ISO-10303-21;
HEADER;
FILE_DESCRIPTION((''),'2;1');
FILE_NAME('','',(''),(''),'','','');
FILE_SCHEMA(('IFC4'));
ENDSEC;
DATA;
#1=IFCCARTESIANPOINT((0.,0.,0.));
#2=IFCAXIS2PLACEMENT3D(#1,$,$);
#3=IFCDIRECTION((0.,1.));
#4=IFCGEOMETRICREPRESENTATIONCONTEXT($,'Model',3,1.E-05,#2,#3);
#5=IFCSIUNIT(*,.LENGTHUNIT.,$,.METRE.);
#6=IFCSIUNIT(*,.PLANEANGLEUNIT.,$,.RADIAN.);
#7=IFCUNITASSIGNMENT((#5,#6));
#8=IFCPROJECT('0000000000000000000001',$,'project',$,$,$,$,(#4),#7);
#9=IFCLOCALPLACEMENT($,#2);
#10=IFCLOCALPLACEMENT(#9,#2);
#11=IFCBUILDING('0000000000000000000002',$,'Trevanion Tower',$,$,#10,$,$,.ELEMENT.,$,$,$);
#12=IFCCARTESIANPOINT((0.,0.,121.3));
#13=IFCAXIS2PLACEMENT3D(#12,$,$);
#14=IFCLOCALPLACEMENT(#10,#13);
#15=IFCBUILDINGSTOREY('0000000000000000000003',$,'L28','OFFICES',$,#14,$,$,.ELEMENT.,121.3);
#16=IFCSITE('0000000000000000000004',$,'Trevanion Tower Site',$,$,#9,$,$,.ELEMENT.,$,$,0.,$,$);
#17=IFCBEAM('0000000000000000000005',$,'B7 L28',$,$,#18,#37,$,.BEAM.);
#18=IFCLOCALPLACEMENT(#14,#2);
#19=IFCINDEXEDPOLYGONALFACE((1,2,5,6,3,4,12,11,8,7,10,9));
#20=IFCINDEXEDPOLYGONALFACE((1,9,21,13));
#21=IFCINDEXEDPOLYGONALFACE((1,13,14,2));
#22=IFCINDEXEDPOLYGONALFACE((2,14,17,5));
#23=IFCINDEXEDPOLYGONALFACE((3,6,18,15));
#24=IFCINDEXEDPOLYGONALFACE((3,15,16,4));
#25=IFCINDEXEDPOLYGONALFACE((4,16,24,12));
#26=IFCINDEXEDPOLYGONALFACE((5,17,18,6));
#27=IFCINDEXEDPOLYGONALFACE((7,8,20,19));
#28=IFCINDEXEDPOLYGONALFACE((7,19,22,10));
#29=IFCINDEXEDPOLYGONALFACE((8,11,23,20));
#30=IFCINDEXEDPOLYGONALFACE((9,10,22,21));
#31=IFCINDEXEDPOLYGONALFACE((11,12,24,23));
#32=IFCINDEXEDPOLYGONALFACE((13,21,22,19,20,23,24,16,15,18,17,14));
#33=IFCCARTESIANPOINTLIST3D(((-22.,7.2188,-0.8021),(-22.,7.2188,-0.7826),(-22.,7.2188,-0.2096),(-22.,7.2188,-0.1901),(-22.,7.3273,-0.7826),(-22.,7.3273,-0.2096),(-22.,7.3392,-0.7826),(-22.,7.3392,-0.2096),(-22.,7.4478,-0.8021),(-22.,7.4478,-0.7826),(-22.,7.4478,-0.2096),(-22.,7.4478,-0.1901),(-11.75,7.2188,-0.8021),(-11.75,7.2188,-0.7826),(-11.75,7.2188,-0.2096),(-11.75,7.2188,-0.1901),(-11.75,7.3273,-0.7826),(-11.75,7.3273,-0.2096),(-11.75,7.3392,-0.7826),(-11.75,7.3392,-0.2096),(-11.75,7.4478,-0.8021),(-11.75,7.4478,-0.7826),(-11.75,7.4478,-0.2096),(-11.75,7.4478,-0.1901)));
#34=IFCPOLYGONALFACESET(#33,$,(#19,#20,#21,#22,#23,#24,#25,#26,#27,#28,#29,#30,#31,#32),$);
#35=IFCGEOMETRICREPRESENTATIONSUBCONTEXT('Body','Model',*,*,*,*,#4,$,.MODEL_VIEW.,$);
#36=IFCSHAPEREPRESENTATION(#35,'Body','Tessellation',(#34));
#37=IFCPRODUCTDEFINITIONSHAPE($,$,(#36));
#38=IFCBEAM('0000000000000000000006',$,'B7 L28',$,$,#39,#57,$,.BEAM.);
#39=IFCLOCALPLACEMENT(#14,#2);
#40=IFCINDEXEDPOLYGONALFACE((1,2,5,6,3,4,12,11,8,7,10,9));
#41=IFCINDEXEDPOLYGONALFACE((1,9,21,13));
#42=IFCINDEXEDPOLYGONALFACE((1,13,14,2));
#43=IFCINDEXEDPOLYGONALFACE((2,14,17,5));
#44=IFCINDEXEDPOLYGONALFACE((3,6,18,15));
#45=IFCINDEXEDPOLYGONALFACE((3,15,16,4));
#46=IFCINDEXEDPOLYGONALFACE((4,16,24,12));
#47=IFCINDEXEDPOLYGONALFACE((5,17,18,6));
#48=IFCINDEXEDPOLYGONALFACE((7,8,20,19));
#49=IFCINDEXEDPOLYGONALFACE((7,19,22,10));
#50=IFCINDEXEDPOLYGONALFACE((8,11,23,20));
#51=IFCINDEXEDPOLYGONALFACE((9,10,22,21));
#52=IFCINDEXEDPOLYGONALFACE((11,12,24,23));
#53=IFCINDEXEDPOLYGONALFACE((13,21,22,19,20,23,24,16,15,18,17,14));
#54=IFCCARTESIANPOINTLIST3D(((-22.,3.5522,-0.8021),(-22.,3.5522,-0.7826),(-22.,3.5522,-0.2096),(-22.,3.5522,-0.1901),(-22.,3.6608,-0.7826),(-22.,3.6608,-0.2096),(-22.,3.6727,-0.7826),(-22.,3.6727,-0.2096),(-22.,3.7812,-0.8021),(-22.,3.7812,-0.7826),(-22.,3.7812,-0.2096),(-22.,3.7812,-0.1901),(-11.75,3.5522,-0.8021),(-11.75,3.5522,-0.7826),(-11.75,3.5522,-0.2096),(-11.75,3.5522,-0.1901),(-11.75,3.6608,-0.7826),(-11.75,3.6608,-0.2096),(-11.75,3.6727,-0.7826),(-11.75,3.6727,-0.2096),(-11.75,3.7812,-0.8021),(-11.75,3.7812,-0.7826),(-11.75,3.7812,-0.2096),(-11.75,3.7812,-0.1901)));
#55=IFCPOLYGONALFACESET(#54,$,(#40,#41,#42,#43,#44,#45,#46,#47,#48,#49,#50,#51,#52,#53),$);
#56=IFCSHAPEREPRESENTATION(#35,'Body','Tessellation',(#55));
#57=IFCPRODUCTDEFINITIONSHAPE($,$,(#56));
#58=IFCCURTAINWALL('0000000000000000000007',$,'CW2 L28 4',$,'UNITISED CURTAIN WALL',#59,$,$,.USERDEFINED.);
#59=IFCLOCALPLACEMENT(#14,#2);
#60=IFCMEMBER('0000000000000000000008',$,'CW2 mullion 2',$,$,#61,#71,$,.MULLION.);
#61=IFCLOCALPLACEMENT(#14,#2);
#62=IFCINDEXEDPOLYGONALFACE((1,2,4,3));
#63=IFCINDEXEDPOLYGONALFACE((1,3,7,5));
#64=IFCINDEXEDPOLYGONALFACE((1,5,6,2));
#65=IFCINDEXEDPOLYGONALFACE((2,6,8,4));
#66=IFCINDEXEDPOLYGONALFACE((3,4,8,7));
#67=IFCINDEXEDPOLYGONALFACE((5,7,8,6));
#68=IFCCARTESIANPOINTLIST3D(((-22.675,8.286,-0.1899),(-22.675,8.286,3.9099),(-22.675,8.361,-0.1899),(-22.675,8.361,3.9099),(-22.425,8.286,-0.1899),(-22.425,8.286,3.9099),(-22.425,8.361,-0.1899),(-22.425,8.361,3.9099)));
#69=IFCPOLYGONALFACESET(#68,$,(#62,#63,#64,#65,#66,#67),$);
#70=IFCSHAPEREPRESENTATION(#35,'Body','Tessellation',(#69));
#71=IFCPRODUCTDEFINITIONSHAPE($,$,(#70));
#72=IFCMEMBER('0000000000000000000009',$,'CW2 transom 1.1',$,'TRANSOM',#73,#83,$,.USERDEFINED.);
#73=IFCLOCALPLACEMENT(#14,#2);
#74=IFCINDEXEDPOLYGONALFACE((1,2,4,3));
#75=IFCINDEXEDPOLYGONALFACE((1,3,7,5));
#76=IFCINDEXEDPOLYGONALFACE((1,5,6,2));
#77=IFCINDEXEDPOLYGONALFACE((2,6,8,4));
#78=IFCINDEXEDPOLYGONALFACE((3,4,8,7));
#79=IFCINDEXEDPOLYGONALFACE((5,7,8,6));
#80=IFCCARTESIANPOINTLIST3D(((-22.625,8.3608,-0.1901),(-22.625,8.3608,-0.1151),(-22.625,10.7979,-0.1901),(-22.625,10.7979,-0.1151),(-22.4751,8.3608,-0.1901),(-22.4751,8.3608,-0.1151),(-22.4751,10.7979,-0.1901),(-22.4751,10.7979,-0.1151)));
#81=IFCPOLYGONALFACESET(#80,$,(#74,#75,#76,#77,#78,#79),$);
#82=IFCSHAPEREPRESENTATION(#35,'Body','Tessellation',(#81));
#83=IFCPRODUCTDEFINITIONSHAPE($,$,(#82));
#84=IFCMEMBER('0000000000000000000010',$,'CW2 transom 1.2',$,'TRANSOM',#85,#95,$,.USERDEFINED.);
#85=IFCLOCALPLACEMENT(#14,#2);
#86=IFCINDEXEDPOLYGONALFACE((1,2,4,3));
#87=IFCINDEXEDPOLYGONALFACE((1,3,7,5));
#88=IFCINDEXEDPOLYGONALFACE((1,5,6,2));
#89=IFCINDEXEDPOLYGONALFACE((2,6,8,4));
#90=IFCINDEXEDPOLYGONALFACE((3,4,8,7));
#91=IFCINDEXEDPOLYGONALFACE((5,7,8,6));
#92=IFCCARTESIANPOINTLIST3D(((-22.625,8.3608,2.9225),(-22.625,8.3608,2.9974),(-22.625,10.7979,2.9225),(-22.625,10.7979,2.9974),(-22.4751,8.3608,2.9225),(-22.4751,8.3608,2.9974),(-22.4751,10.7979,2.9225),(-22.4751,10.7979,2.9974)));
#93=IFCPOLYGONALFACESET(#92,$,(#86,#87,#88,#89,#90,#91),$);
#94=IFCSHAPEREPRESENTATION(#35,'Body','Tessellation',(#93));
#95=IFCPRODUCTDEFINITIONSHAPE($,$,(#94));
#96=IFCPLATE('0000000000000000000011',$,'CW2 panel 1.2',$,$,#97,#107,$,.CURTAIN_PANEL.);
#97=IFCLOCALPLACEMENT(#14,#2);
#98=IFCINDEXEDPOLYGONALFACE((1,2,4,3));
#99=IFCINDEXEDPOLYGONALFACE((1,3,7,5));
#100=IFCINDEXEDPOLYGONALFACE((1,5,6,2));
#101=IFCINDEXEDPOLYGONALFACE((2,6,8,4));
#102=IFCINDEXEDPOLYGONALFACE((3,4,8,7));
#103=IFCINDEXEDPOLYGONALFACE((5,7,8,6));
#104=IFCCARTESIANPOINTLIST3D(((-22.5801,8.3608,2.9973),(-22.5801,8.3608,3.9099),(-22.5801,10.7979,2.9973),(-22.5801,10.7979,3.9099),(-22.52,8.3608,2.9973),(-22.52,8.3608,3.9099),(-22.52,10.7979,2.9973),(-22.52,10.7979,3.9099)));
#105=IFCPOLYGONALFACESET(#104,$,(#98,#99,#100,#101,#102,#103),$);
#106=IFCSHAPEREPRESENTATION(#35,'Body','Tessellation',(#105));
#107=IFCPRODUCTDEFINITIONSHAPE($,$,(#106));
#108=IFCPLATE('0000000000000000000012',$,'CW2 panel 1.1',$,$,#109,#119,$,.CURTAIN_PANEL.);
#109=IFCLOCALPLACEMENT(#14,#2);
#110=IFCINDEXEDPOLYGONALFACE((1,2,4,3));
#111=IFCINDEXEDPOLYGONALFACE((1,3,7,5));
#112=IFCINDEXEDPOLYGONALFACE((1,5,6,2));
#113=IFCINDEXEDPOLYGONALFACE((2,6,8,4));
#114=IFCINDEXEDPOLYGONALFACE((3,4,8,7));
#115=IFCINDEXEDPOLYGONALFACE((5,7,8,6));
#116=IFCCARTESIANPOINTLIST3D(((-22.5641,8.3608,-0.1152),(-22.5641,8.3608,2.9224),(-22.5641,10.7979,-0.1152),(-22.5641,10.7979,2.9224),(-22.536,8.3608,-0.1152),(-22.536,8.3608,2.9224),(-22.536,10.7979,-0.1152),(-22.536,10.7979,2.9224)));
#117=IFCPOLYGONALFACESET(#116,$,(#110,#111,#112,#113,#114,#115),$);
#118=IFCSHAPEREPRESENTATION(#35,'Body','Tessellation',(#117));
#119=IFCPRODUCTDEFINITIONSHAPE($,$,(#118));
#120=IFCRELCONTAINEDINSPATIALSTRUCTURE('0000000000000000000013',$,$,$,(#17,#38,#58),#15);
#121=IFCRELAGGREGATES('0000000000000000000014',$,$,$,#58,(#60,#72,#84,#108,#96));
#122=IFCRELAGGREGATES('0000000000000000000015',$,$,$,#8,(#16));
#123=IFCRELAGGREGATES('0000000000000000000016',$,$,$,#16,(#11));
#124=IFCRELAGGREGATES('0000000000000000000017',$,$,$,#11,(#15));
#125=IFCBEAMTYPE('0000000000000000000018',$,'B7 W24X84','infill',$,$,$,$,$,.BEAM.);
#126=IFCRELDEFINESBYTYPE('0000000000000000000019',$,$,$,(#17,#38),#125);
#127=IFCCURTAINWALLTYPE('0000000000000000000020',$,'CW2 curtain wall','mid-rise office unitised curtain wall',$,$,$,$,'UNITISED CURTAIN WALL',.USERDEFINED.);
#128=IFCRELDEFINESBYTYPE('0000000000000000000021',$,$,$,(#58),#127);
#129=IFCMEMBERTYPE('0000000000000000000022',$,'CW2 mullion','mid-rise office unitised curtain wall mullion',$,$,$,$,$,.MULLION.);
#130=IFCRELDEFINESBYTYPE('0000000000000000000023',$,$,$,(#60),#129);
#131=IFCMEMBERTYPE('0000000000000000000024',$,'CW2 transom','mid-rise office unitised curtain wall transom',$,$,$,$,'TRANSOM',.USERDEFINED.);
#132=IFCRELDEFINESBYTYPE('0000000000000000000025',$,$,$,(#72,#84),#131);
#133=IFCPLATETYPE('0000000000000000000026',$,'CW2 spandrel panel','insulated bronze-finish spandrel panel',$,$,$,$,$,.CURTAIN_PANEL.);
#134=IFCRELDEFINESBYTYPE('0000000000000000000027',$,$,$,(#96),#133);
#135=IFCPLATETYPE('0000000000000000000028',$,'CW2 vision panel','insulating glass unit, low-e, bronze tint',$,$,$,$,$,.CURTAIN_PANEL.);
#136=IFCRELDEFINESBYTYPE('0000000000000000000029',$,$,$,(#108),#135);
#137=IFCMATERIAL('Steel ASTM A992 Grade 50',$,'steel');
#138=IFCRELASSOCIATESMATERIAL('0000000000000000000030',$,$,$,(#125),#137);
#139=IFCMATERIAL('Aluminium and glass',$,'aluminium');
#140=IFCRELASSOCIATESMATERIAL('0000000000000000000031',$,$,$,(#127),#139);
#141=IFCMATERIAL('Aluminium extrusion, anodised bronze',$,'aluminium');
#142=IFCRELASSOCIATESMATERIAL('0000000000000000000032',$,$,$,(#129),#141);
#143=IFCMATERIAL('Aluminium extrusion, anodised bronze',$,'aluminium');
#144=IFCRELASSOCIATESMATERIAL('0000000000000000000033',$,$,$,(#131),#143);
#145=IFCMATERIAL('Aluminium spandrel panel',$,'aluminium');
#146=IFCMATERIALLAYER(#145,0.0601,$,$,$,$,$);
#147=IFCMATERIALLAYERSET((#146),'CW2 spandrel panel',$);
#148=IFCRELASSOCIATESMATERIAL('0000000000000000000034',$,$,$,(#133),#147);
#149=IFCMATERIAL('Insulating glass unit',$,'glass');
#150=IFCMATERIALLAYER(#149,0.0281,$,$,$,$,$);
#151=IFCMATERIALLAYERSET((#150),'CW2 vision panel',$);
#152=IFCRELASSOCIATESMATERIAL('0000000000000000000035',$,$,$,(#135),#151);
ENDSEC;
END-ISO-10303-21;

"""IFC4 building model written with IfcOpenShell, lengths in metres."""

from ifc_helpers import new_model, si_unit, direction, frame, origin, origin_2d, place, context, subcontext, project, spatial, rectangle, i_section, extrude, material, layer, layer_set, material_profile, profile_set, type_object, element, aggregate, save


model = new_model("IFC4")

# Units and contexts
model_context = context("Model", 3, precision=1e-05, world=origin(), true_north=direction((0.0, 1.0)))
body_context = subcontext(model_context, "Body", "Model", "MODEL_VIEW")
ifc_project = project(units=[si_unit("LENGTHUNIT", "METRE"), si_unit("PLANEANGLEUNIT", "RADIAN")], contexts=[model_context])

# Site, building, storey
site_placement = place(None, origin())
site = spatial("IfcSite", under=ifc_project, at=site_placement, Name="Trevanion Tower Site", CompositionType="ELEMENT", RefElevation=0.0)
building_placement = place(site_placement, origin())
building = spatial("IfcBuilding", under=site, at=building_placement, Name="Trevanion Tower", CompositionType="ELEMENT")
storey_placement = place(building_placement, frame((0.0, 0.0, 121.3)))
storey = spatial("IfcBuildingStorey", under=building, at=storey_placement, Name="L28", Description="OFFICES", CompositionType="ELEMENT", Elevation=121.3)

# Beams
ifc_material_1 = material(Name="Steel ASTM A992 Grade 50", Category="steel")
ifc_material_profile_1 = material_profile(ifc_material_1, i_section(OverallWidth=0.229, OverallDepth=0.6121, WebThickness=0.012, FlangeThickness=0.0195, at=origin_2d()), Name="W24X84")
ifc_profile_set_1 = profile_set([ifc_material_profile_1], Name="Steel ASTM A992 Grade 50")
beam_type = type_object("IfcBeamType", Name="B7 W24X84", Description="infill", PredefinedType="BEAM", material=ifc_profile_set_1)
for number, where, z_axis, x_axis, name in (
    (1, (-11.75, 7.3333, -0.4961), (-1.0, 0.0, 0.0), (0.0, -1.0, 0.0), "B7 L28"),
    (2, (-11.75, 3.6667, -0.4961), (-1.0, 0.0, 0.0), (0.0, -1.0, 0.0), "B7 L28"),
):
    element("IfcBeam", number, at=place(storey_placement, frame(where, z_axis=z_axis, x_axis=x_axis)), inside=storey, type_object=beam_type, Name=name, PredefinedType="BEAM", context=body_context, shape_type="SweptSolid", body=[
        extrude(i_section(OverallWidth=0.229, OverallDepth=0.6121, WebThickness=0.012, FlangeThickness=0.0195, at=origin_2d()), origin(), (0.0, 0.0, 1.0), 10.25),
    ])

# Curtain wall, members, plates
ifc_material_2 = material(Name="Aluminium and glass", Category="aluminium")
curtain_wall_type = type_object("IfcCurtainWallType", Name="CW2 curtain wall", Description="mid-rise office unitised curtain wall", ElementType="UNITISED CURTAIN WALL", PredefinedType="USERDEFINED", material=ifc_material_2)
curtain_wall_placement = place(storey_placement, origin())
curtain_wall = element("IfcCurtainWall", 3, at=curtain_wall_placement, inside=storey, type_object=curtain_wall_type, Name="CW2 L28 4", ObjectType="UNITISED CURTAIN WALL", PredefinedType="USERDEFINED")
ifc_material_3 = material(Name="Aluminium extrusion, anodised bronze", Category="aluminium")
ifc_material_profile_2 = material_profile(ifc_material_3, rectangle(XDim=0.075, YDim=0.25, at=origin_2d()), Name="CW2 mullion")
ifc_profile_set_2 = profile_set([ifc_material_profile_2], Name="Aluminium extrusion, anodised bronze")
member_type_1 = type_object("IfcMemberType", Name="CW2 mullion", Description="mid-rise office unitised curtain wall mullion", PredefinedType="MULLION", material=ifc_profile_set_2)
member_1_placement = place(storey_placement, frame((-22.55, 8.3235, -0.1899), z_axis=(0.0, 0.0, 1.0), x_axis=(0.0, -1.0, 0.0)))
member_1 = element("IfcMember", 4, at=member_1_placement, type_object=member_type_1, Name="CW2 mullion 2", PredefinedType="MULLION", context=body_context, shape_type="SweptSolid", body=[
    extrude(rectangle(XDim=0.075, YDim=0.25, at=origin_2d()), origin(), (0.0, 0.0, 1.0), 4.0999),
])
ifc_material_4 = material(Name="Aluminium extrusion, anodised bronze", Category="aluminium")
ifc_material_profile_3 = material_profile(ifc_material_4, rectangle(XDim=0.1499, YDim=0.075, at=origin_2d()), Name="CW2 transom")
ifc_profile_set_3 = profile_set([ifc_material_profile_3], Name="Aluminium extrusion, anodised bronze")
member_type_2 = type_object("IfcMemberType", Name="CW2 transom", Description="mid-rise office unitised curtain wall transom", ElementType="TRANSOM", PredefinedType="USERDEFINED", material=ifc_profile_set_3)
member_2_placement = place(storey_placement, frame((-22.55, 10.7979, -0.1526), z_axis=(0.0, -1.0, 0.0), x_axis=(1.0, 0.0, 0.0)))
member_2 = element("IfcMember", 5, at=member_2_placement, type_object=member_type_2, Name="CW2 transom 1.1", ObjectType="TRANSOM", PredefinedType="USERDEFINED", context=body_context, shape_type="SweptSolid", body=[
    extrude(rectangle(XDim=0.1499, YDim=0.075, at=origin_2d()), origin(), (0.0, 0.0, 1.0), 2.437),
])
member_3_placement = place(storey_placement, frame((-22.55, 10.7979, 2.96), z_axis=(0.0, -1.0, 0.0), x_axis=(1.0, 0.0, 0.0)))
member_3 = element("IfcMember", 6, at=member_3_placement, type_object=member_type_2, Name="CW2 transom 1.2", ObjectType="TRANSOM", PredefinedType="USERDEFINED", context=body_context, shape_type="SweptSolid", body=[
    extrude(rectangle(XDim=0.1499, YDim=0.075, at=origin_2d()), origin(), (0.0, 0.0, 1.0), 2.437),
])
ifc_material_5 = material(Name="Aluminium spandrel panel", Category="aluminium")
ifc_layer_1 = layer(ifc_material_5, 0.0601)
ifc_layer_set_1 = layer_set([ifc_layer_1], Name="CW2 spandrel panel")
plate_type_1 = type_object("IfcPlateType", Name="CW2 spandrel panel", Description="insulated bronze-finish spandrel panel", PredefinedType="CURTAIN_PANEL", material=ifc_layer_set_1)
plate_1_placement = place(storey_placement, frame((-22.55, 9.5793, 2.9973), z_axis=(0.0, 0.0, 1.0), x_axis=(0.0, -1.0, 0.0)))
plate_1 = element("IfcPlate", 7, at=plate_1_placement, type_object=plate_type_1, Name="CW2 panel 1.2", PredefinedType="CURTAIN_PANEL", context=body_context, shape_type="SweptSolid", body=[
    extrude(rectangle(XDim=2.437, YDim=0.0601, at=origin_2d()), origin(), (0.0, 0.0, 1.0), 0.9126),
])
ifc_material_6 = material(Name="Insulating glass unit", Category="glass")
ifc_layer_2 = layer(ifc_material_6, 0.0281)
ifc_layer_set_2 = layer_set([ifc_layer_2], Name="CW2 vision panel")
plate_type_2 = type_object("IfcPlateType", Name="CW2 vision panel", Description="insulating glass unit, low-e, bronze tint", PredefinedType="CURTAIN_PANEL", material=ifc_layer_set_2)
plate_2_placement = place(storey_placement, frame((-22.55, 9.5793, -0.1152), z_axis=(0.0, 0.0, 1.0), x_axis=(0.0, -1.0, 0.0)))
plate_2 = element("IfcPlate", 8, at=plate_2_placement, type_object=plate_type_2, Name="CW2 panel 1.1", PredefinedType="CURTAIN_PANEL", context=body_context, shape_type="SweptSolid", body=[
    extrude(rectangle(XDim=2.437, YDim=0.0281, at=origin_2d()), origin(), (0.0, 0.0, 1.0), 3.0376),
])
aggregate(curtain_wall, [member_1, member_2, member_3, plate_2, plate_1])

save(model, "model.ifc")
